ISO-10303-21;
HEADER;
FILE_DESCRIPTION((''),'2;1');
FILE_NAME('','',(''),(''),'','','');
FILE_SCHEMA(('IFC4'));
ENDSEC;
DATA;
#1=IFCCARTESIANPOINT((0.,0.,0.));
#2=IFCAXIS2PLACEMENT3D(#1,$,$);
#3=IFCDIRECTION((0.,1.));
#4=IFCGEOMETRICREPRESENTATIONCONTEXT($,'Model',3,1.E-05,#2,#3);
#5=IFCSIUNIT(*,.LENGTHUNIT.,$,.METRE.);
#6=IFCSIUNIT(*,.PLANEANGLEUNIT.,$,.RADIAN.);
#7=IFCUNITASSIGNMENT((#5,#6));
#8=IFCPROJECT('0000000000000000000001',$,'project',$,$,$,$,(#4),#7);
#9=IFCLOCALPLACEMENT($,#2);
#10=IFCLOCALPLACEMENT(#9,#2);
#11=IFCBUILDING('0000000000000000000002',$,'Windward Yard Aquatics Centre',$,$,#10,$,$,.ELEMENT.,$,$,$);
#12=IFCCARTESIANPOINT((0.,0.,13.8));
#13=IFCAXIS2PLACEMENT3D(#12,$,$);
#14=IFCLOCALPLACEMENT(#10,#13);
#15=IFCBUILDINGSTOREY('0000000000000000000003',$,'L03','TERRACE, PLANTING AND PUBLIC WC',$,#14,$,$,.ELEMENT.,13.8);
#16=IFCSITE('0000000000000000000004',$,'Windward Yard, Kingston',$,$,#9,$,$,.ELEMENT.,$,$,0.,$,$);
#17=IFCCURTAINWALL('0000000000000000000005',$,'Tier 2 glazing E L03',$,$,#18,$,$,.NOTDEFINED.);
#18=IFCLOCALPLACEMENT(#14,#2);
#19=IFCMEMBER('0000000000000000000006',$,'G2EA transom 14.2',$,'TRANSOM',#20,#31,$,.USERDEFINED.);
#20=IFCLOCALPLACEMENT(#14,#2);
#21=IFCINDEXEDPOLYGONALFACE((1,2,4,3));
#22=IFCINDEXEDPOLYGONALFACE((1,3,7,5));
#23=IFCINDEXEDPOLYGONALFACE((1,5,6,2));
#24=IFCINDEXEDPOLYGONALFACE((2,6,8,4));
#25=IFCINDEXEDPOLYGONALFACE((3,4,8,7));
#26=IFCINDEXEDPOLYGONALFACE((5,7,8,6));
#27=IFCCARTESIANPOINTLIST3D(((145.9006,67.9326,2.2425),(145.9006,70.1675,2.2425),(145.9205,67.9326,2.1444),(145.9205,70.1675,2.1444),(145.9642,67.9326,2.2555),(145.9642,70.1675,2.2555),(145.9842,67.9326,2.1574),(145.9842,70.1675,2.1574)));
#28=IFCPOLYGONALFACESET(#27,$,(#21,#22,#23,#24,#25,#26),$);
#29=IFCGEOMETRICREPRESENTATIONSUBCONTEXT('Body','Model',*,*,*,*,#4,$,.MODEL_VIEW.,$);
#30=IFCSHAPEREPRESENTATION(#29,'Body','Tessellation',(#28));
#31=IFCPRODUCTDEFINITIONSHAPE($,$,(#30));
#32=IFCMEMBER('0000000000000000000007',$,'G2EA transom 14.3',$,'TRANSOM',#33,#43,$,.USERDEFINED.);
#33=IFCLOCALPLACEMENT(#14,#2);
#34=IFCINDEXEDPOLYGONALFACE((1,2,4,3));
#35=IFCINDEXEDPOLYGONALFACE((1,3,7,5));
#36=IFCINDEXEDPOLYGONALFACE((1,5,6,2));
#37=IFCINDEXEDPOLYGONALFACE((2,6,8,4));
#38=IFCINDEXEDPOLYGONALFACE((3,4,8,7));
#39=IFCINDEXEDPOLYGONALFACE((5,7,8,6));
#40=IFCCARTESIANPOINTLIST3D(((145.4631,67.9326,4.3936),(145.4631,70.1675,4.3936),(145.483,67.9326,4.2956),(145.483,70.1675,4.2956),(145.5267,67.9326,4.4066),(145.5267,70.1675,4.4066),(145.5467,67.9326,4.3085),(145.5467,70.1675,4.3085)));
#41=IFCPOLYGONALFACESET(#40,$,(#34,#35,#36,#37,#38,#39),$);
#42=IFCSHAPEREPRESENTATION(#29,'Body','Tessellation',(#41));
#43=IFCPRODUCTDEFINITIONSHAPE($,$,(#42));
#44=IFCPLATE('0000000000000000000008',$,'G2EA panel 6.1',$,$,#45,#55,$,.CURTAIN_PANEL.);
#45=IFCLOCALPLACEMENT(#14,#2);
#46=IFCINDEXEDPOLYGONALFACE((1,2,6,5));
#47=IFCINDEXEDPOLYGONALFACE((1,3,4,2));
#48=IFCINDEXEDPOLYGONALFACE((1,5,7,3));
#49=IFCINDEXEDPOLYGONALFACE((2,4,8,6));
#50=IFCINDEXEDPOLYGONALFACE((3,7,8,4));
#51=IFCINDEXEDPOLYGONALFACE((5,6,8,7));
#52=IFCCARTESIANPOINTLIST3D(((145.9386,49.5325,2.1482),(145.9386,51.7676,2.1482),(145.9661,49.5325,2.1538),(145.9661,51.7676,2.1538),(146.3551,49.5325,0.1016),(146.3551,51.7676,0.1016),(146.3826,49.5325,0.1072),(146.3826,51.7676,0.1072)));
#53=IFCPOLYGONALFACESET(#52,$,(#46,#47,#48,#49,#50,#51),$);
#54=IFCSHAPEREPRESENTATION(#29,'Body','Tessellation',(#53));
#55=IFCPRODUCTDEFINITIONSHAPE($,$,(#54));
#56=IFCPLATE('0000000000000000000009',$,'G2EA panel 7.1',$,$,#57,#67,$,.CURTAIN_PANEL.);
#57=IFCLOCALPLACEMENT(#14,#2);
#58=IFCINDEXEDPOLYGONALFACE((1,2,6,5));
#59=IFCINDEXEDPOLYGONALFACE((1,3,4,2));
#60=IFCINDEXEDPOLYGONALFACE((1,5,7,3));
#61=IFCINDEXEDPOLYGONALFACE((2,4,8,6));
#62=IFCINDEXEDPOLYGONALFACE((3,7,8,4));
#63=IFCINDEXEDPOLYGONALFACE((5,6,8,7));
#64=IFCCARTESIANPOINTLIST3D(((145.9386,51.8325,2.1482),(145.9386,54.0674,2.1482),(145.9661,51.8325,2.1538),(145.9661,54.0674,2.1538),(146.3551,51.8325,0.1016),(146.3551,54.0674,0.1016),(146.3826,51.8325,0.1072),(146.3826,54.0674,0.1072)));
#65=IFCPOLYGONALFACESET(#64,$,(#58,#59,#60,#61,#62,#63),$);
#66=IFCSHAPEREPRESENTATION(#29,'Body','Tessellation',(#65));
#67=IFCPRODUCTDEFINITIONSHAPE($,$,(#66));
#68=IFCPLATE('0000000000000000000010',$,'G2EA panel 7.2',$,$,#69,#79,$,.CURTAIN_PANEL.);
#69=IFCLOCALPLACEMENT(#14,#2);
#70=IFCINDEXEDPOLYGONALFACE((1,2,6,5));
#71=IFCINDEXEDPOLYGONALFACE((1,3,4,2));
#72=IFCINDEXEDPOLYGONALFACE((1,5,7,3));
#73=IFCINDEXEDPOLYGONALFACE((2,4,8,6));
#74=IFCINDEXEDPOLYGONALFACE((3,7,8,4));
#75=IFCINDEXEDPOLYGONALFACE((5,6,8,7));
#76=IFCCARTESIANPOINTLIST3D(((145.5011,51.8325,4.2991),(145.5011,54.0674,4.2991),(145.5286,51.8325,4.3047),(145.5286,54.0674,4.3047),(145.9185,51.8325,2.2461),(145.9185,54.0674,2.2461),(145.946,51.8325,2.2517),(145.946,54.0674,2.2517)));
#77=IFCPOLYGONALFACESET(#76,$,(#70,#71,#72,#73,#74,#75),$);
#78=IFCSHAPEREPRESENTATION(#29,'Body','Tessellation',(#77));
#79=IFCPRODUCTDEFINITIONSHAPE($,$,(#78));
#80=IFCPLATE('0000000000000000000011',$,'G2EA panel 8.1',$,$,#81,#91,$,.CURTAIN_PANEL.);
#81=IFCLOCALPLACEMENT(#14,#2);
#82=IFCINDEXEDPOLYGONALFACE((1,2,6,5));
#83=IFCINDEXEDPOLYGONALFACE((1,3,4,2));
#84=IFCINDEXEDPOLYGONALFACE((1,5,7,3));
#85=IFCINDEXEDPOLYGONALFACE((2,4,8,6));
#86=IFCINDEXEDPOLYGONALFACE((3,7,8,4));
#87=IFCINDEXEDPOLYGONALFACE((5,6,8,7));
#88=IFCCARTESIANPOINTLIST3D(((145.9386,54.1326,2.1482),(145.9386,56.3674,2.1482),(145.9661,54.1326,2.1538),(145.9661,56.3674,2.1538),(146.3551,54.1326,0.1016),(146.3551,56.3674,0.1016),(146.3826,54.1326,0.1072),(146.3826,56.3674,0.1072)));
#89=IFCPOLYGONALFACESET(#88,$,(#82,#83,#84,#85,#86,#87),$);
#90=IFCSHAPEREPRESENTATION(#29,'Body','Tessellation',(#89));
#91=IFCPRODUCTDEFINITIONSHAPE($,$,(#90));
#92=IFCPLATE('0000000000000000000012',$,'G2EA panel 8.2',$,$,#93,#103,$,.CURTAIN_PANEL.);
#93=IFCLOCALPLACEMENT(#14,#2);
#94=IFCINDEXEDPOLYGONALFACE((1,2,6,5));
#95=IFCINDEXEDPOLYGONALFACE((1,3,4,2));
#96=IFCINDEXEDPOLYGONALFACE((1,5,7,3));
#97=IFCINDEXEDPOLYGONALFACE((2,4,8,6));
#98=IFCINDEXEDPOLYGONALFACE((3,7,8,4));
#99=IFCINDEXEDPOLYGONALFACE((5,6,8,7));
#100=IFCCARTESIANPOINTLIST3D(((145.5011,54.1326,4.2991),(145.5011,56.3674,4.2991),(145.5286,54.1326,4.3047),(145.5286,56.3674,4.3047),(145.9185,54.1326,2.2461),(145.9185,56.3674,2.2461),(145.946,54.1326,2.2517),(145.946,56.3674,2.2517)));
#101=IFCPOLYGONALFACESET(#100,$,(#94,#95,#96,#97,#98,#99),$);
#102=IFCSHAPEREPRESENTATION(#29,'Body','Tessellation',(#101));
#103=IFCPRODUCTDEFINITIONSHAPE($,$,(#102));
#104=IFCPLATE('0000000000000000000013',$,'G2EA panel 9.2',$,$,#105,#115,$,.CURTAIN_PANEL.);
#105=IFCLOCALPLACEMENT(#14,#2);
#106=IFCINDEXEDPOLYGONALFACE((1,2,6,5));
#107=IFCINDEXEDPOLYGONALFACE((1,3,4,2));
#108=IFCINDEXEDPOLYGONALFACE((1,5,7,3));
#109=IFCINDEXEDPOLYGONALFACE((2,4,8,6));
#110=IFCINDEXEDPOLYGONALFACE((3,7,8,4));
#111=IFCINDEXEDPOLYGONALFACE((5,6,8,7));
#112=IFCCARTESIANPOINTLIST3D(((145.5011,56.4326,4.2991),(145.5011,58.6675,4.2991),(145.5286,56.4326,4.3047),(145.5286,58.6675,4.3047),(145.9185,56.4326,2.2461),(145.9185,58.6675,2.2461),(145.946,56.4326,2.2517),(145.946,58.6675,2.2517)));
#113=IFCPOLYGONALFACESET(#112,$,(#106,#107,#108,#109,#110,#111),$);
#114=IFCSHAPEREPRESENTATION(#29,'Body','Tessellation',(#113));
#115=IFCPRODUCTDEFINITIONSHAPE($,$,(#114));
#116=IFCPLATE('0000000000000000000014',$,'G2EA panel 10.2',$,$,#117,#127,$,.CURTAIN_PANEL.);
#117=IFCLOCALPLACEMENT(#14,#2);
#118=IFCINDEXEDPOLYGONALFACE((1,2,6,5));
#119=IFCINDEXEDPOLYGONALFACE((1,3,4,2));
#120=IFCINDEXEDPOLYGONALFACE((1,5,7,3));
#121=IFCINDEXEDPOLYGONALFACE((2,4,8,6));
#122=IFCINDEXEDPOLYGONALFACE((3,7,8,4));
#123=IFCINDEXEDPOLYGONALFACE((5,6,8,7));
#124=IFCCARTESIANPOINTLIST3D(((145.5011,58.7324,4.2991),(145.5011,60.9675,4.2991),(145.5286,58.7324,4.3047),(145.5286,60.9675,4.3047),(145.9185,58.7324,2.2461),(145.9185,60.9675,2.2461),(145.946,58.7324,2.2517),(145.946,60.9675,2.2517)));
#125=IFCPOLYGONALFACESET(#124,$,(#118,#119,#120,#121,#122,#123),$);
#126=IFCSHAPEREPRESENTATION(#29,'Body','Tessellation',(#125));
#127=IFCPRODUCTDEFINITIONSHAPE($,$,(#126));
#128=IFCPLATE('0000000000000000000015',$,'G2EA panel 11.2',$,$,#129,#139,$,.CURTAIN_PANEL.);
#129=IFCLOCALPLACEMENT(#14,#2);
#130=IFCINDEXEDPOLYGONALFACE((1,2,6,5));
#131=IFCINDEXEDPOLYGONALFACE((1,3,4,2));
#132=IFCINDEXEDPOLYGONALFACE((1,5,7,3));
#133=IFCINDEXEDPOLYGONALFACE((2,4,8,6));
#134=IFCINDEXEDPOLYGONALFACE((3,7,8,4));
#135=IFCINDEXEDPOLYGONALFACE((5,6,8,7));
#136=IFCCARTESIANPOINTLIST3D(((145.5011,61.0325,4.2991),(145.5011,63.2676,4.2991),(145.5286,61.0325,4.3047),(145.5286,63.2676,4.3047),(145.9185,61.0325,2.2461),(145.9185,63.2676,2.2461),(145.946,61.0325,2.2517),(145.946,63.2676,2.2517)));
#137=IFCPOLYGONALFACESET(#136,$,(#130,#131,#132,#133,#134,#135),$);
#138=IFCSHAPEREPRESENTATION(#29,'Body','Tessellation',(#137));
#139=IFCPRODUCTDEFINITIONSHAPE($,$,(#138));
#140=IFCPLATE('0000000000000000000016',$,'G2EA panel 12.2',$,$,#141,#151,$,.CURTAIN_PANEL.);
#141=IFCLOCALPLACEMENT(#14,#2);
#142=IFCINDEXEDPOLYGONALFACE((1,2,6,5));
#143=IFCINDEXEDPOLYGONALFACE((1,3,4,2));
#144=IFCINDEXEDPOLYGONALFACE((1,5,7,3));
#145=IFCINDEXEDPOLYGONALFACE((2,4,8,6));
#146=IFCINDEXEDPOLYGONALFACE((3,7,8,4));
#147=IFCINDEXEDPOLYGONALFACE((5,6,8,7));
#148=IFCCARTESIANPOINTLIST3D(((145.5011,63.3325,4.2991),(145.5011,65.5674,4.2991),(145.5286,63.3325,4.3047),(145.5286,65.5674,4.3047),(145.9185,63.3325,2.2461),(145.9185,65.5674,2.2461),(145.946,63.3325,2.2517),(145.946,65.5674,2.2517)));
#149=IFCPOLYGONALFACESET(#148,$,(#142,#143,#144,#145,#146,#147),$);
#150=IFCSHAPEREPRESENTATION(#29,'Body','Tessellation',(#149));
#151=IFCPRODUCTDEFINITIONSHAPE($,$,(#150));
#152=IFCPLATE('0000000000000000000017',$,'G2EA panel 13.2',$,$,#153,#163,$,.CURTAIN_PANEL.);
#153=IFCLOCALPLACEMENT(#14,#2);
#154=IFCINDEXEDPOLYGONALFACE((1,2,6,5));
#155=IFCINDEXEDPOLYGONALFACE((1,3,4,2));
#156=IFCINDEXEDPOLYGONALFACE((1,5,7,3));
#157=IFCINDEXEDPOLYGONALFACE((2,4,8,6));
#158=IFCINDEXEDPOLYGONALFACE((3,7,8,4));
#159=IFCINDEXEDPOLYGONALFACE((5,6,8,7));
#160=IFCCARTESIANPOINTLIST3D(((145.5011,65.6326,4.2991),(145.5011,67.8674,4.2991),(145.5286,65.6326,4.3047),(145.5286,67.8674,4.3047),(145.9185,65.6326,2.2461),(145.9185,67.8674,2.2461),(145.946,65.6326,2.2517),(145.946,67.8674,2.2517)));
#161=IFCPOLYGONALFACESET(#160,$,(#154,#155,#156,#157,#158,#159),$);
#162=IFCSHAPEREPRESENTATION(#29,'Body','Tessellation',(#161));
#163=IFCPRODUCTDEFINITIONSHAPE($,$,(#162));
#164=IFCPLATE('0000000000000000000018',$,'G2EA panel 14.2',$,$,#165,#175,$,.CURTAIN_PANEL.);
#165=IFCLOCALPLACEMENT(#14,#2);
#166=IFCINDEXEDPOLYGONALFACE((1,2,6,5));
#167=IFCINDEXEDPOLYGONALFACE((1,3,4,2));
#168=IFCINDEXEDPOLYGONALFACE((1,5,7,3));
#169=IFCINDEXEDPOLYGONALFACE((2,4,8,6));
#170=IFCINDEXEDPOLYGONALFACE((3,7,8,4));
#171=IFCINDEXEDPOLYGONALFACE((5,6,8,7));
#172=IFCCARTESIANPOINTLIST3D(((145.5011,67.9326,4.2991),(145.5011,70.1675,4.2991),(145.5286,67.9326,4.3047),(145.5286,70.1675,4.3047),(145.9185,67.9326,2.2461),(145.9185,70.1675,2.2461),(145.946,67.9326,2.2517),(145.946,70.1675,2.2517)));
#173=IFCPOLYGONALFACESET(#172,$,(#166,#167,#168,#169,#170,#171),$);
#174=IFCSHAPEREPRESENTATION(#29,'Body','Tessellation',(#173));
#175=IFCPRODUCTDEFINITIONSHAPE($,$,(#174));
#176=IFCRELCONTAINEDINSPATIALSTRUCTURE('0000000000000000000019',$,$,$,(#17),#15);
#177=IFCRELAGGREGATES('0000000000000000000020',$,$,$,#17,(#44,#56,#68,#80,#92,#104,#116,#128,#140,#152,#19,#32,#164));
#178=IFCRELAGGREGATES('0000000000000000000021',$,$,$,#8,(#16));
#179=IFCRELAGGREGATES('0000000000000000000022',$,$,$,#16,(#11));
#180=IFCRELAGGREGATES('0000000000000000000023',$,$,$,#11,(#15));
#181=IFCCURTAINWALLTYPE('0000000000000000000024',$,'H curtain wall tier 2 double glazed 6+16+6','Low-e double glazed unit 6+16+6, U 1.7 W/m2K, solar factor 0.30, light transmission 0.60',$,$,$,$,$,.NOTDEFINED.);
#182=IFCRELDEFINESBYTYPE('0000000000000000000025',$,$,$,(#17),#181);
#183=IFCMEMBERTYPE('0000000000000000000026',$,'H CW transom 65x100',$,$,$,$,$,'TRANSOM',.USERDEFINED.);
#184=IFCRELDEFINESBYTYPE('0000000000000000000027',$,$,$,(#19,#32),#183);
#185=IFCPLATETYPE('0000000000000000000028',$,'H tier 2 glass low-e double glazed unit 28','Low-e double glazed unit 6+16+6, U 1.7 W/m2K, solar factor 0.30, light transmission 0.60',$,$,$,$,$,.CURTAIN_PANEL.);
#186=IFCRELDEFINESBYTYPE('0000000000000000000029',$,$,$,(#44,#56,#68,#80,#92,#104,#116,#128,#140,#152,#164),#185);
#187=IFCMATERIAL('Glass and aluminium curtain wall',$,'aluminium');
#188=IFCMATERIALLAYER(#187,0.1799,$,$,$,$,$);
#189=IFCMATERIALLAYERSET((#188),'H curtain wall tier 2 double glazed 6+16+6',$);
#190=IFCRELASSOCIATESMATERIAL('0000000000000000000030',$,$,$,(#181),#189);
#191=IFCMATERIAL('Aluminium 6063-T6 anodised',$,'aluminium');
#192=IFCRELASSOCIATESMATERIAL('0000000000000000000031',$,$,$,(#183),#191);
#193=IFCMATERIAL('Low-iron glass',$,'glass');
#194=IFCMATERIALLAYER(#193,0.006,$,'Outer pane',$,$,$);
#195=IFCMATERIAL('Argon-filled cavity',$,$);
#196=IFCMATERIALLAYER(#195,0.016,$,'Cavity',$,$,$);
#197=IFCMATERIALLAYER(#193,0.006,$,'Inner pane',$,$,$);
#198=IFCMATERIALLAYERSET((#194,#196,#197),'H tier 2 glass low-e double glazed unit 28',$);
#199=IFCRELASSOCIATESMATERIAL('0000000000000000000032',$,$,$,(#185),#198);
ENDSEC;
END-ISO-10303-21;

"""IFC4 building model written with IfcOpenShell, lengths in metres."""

from ifc_helpers import new_model, si_unit, direction, frame, origin, origin_2d, place, context, subcontext, project, spatial, polyline, rectangle, outline, extrude, material, layer, layer_set, material_profile, profile_set, type_object, element, aggregate, save


model = new_model("IFC4")

# Units and contexts
model_context = context("Model", 3, precision=1e-05, world=origin(), true_north=direction((0.0, 1.0)))
body_context = subcontext(model_context, "Body", "Model", "MODEL_VIEW")
ifc_project = project(units=[si_unit("LENGTHUNIT", "METRE"), si_unit("PLANEANGLEUNIT", "RADIAN")], contexts=[model_context])

# Site, building, storey
site_placement = place(None, origin())
site = spatial("IfcSite", under=ifc_project, at=site_placement, Name="Windward Yard, Kingston", CompositionType="ELEMENT", RefElevation=0.0)
building_placement = place(site_placement, origin())
building = spatial("IfcBuilding", under=site, at=building_placement, Name="Windward Yard Aquatics Centre", CompositionType="ELEMENT")
storey_placement = place(building_placement, frame((0.0, 0.0, 13.8)))
storey = spatial("IfcBuildingStorey", under=building, at=storey_placement, Name="L03", Description="TERRACE, PLANTING AND PUBLIC WC", CompositionType="ELEMENT", Elevation=13.8)

# Curtain wall, members, plates
ifc_material_1 = material(Name="Glass and aluminium curtain wall", Category="aluminium")
ifc_layer_1 = layer(ifc_material_1, 0.1799)
ifc_layer_set_1 = layer_set([ifc_layer_1], Name="H curtain wall tier 2 double glazed 6+16+6")
curtain_wall_type = type_object("IfcCurtainWallType", Name="H curtain wall tier 2 double glazed 6+16+6", Description="Low-e double glazed unit 6+16+6, U 1.7 W/m2K, solar factor 0.30, light transmission 0.60", PredefinedType="NOTDEFINED", material=ifc_layer_set_1)
curtain_wall_placement = place(storey_placement, origin())
curtain_wall = element("IfcCurtainWall", 1, at=curtain_wall_placement, inside=storey, type_object=curtain_wall_type, Name="Tier 2 glazing E L03", PredefinedType="NOTDEFINED")
ifc_material_2 = material(Name="Aluminium 6063-T6 anodised", Category="aluminium")
ifc_material_profile = material_profile(ifc_material_2, rectangle(XDim=0.0649, YDim=0.1001, at=origin_2d()), Name="H CW transom 65x100")
ifc_profile_set = profile_set([ifc_material_profile], Name="Aluminium 6063-T6 anodised")
member_type = type_object("IfcMemberType", Name="H CW transom 65x100", ElementType="TRANSOM", PredefinedType="USERDEFINED", material=ifc_profile_set)
member_1_placement = place(storey_placement, frame((145.9424, 67.9326, 2.2), z_axis=(0.0, 1.0, 0.0), x_axis=(0.979925, 0.0, 0.199368)))
member_1 = element("IfcMember", 2, at=member_1_placement, type_object=member_type, Name="G2EA transom 14.2", ObjectType="TRANSOM", PredefinedType="USERDEFINED", context=body_context, shape_type="SweptSolid", body=[
    extrude(rectangle(XDim=0.0649, YDim=0.1001, at=origin_2d()), origin(), (0.0, 0.0, 1.0), 2.2349),
])
member_2_placement = place(storey_placement, frame((145.5049, 67.9326, 4.3511), z_axis=(0.0, 1.0, 0.0), x_axis=(0.979925, 0.0, 0.199368)))
member_2 = element("IfcMember", 3, at=member_2_placement, type_object=member_type, Name="G2EA transom 14.3", ObjectType="TRANSOM", PredefinedType="USERDEFINED", context=body_context, shape_type="SweptSolid", body=[
    extrude(rectangle(XDim=0.0649, YDim=0.1001, at=origin_2d()), origin(), (0.0, 0.0, 1.0), 2.2349),
])
ifc_material_3 = material(Name="Low-iron glass", Category="glass")
ifc_layer_2 = layer(ifc_material_3, 0.006, Name="Outer pane")
ifc_material_4 = material(Name="Argon-filled cavity")
ifc_layer_3 = layer(ifc_material_4, 0.016, Name="Cavity")
ifc_layer_4 = layer(ifc_material_3, 0.006, Name="Inner pane")
ifc_layer_set_2 = layer_set([ifc_layer_2, ifc_layer_3, ifc_layer_4], Name="H tier 2 glass low-e double glazed unit 28")
plate_type = type_object("IfcPlateType", Name="H tier 2 glass low-e double glazed unit 28", Description="Low-e double glazed unit 6+16+6, U 1.7 W/m2K, solar factor 0.30, light transmission 0.60", PredefinedType="CURTAIN_PANEL", material=ifc_layer_set_2)
plate_1_placement = place(storey_placement, frame((145.9661, 49.5325, 2.1538), z_axis=(0.979914, 0.0, 0.199419), x_axis=(0.199419, 0.0, -0.979914)))
plate_1 = element("IfcPlate", 4, at=plate_1_placement, type_object=plate_type, Name="G2EA panel 6.1", PredefinedType="CURTAIN_PANEL", context=body_context, shape_type="SweptSolid", body=[
    extrude(outline(polyline([(0.0, 0.0), (2.0886, 0.0), (2.0886, 2.2351), (0.0, 2.2351), (0.0, 0.0)])), origin(), (0.0, 0.0, -1.0), 0.0281),
])
plate_2_placement = place(storey_placement, frame((145.9661, 51.8325, 2.1538), z_axis=(0.979914, 0.0, 0.199419), x_axis=(0.199419, 0.0, -0.979914)))
plate_2 = element("IfcPlate", 5, at=plate_2_placement, type_object=plate_type, Name="G2EA panel 7.1", PredefinedType="CURTAIN_PANEL", context=body_context, shape_type="SweptSolid", body=[
    extrude(outline(polyline([(0.0, 0.0), (2.0886, 0.0), (2.0886, 2.2349), (0.0, 2.2349), (0.0, 0.0)])), origin(), (0.0, 0.0, -1.0), 0.0281),
])
plate_3_placement = place(storey_placement, frame((145.5286, 51.8325, 4.3047), z_axis=(0.979944, 0.0, 0.199275), x_axis=(0.199275, 0.0, -0.979944)))
plate_3 = element("IfcPlate", 6, at=plate_3_placement, type_object=plate_type, Name="G2EA panel 7.2", PredefinedType="CURTAIN_PANEL", context=body_context, shape_type="SweptSolid", body=[
    extrude(outline(polyline([(0.0, 0.0), (2.095, 0.0), (2.095, 2.2349), (0.0, 2.2349), (0.0, 0.0)])), origin(), (0.0, 0.0, -1.0), 0.0281),
])
plate_4_placement = place(storey_placement, frame((145.9661, 54.1326, 2.1538), z_axis=(0.979914, 0.0, 0.199419), x_axis=(0.199419, 0.0, -0.979914)))
plate_4 = element("IfcPlate", 7, at=plate_4_placement, type_object=plate_type, Name="G2EA panel 8.1", PredefinedType="CURTAIN_PANEL", context=body_context, shape_type="SweptSolid", body=[
    extrude(outline(polyline([(0.0, 0.0), (2.0886, 0.0), (2.0886, 2.2349), (0.0, 2.2349), (0.0, 0.0)])), origin(), (0.0, 0.0, -1.0), 0.0281),
])
plate_5_placement = place(storey_placement, frame((145.5286, 54.1326, 4.3047), z_axis=(0.979944, 0.0, 0.199275), x_axis=(0.199275, 0.0, -0.979944)))
plate_5 = element("IfcPlate", 8, at=plate_5_placement, type_object=plate_type, Name="G2EA panel 8.2", PredefinedType="CURTAIN_PANEL", context=body_context, shape_type="SweptSolid", body=[
    extrude(outline(polyline([(0.0, 0.0), (2.095, 0.0), (2.095, 2.2349), (0.0, 2.2349), (0.0, 0.0)])), origin(), (0.0, 0.0, -1.0), 0.0281),
])
plate_6_placement = place(storey_placement, frame((145.5286, 56.4326, 4.3047), z_axis=(0.979944, 0.0, 0.199275), x_axis=(0.199275, 0.0, -0.979944)))
plate_6 = element("IfcPlate", 9, at=plate_6_placement, type_object=plate_type, Name="G2EA panel 9.2", PredefinedType="CURTAIN_PANEL", context=body_context, shape_type="SweptSolid", body=[
    extrude(outline(polyline([(0.0, 0.0), (2.095, 0.0), (2.095, 2.2349), (0.0, 2.2349), (0.0, 0.0)])), origin(), (0.0, 0.0, -1.0), 0.0281),
])
plate_7_placement = place(storey_placement, frame((145.5286, 58.7324, 4.3047), z_axis=(0.979944, 0.0, 0.199275), x_axis=(0.199275, 0.0, -0.979944)))
plate_7 = element("IfcPlate", 10, at=plate_7_placement, type_object=plate_type, Name="G2EA panel 10.2", PredefinedType="CURTAIN_PANEL", context=body_context, shape_type="SweptSolid", body=[
    extrude(outline(polyline([(0.0, 0.0), (2.095, 0.0), (2.095, 2.2351), (0.0, 2.2351), (0.0, 0.0)])), origin(), (0.0, 0.0, -1.0), 0.0281),
])
plate_8_placement = place(storey_placement, frame((145.5286, 61.0325, 4.3047), z_axis=(0.979944, 0.0, 0.199275), x_axis=(0.199275, 0.0, -0.979944)))
plate_8 = element("IfcPlate", 11, at=plate_8_placement, type_object=plate_type, Name="G2EA panel 11.2", PredefinedType="CURTAIN_PANEL", context=body_context, shape_type="SweptSolid", body=[
    extrude(outline(polyline([(0.0, 0.0), (2.095, 0.0), (2.095, 2.2351), (0.0, 2.2351), (0.0, 0.0)])), origin(), (0.0, 0.0, -1.0), 0.0281),
])
plate_9_placement = place(storey_placement, frame((145.5286, 63.3325, 4.3047), z_axis=(0.979944, 0.0, 0.199275), x_axis=(0.199275, 0.0, -0.979944)))
plate_9 = element("IfcPlate", 12, at=plate_9_placement, type_object=plate_type, Name="G2EA panel 12.2", PredefinedType="CURTAIN_PANEL", context=body_context, shape_type="SweptSolid", body=[
    extrude(outline(polyline([(0.0, 0.0), (2.095, 0.0), (2.095, 2.2349), (0.0, 2.2349), (0.0, 0.0)])), origin(), (0.0, 0.0, -1.0), 0.0281),
])
plate_10_placement = place(storey_placement, frame((145.5286, 65.6326, 4.3047), z_axis=(0.979944, 0.0, 0.199275), x_axis=(0.199275, 0.0, -0.979944)))
plate_10 = element("IfcPlate", 13, at=plate_10_placement, type_object=plate_type, Name="G2EA panel 13.2", PredefinedType="CURTAIN_PANEL", context=body_context, shape_type="SweptSolid", body=[
    extrude(outline(polyline([(0.0, 0.0), (2.095, 0.0), (2.095, 2.2349), (0.0, 2.2349), (0.0, 0.0)])), origin(), (0.0, 0.0, -1.0), 0.0281),
])
plate_11_placement = place(storey_placement, frame((145.5286, 67.9326, 4.3047), z_axis=(0.979944, 0.0, 0.199275), x_axis=(0.199275, 0.0, -0.979944)))
plate_11 = element("IfcPlate", 14, at=plate_11_placement, type_object=plate_type, Name="G2EA panel 14.2", PredefinedType="CURTAIN_PANEL", context=body_context, shape_type="SweptSolid", body=[
    extrude(outline(polyline([(0.0, 0.0), (2.095, 0.0), (2.095, 2.2349), (0.0, 2.2349), (0.0, 0.0)])), origin(), (0.0, 0.0, -1.0), 0.0281),
])
aggregate(curtain_wall, [plate_1, plate_2, plate_3, plate_4, plate_5, plate_6, plate_7, plate_8, plate_9, plate_10, member_1, member_2, plate_11])

save(model, "model.ifc")
